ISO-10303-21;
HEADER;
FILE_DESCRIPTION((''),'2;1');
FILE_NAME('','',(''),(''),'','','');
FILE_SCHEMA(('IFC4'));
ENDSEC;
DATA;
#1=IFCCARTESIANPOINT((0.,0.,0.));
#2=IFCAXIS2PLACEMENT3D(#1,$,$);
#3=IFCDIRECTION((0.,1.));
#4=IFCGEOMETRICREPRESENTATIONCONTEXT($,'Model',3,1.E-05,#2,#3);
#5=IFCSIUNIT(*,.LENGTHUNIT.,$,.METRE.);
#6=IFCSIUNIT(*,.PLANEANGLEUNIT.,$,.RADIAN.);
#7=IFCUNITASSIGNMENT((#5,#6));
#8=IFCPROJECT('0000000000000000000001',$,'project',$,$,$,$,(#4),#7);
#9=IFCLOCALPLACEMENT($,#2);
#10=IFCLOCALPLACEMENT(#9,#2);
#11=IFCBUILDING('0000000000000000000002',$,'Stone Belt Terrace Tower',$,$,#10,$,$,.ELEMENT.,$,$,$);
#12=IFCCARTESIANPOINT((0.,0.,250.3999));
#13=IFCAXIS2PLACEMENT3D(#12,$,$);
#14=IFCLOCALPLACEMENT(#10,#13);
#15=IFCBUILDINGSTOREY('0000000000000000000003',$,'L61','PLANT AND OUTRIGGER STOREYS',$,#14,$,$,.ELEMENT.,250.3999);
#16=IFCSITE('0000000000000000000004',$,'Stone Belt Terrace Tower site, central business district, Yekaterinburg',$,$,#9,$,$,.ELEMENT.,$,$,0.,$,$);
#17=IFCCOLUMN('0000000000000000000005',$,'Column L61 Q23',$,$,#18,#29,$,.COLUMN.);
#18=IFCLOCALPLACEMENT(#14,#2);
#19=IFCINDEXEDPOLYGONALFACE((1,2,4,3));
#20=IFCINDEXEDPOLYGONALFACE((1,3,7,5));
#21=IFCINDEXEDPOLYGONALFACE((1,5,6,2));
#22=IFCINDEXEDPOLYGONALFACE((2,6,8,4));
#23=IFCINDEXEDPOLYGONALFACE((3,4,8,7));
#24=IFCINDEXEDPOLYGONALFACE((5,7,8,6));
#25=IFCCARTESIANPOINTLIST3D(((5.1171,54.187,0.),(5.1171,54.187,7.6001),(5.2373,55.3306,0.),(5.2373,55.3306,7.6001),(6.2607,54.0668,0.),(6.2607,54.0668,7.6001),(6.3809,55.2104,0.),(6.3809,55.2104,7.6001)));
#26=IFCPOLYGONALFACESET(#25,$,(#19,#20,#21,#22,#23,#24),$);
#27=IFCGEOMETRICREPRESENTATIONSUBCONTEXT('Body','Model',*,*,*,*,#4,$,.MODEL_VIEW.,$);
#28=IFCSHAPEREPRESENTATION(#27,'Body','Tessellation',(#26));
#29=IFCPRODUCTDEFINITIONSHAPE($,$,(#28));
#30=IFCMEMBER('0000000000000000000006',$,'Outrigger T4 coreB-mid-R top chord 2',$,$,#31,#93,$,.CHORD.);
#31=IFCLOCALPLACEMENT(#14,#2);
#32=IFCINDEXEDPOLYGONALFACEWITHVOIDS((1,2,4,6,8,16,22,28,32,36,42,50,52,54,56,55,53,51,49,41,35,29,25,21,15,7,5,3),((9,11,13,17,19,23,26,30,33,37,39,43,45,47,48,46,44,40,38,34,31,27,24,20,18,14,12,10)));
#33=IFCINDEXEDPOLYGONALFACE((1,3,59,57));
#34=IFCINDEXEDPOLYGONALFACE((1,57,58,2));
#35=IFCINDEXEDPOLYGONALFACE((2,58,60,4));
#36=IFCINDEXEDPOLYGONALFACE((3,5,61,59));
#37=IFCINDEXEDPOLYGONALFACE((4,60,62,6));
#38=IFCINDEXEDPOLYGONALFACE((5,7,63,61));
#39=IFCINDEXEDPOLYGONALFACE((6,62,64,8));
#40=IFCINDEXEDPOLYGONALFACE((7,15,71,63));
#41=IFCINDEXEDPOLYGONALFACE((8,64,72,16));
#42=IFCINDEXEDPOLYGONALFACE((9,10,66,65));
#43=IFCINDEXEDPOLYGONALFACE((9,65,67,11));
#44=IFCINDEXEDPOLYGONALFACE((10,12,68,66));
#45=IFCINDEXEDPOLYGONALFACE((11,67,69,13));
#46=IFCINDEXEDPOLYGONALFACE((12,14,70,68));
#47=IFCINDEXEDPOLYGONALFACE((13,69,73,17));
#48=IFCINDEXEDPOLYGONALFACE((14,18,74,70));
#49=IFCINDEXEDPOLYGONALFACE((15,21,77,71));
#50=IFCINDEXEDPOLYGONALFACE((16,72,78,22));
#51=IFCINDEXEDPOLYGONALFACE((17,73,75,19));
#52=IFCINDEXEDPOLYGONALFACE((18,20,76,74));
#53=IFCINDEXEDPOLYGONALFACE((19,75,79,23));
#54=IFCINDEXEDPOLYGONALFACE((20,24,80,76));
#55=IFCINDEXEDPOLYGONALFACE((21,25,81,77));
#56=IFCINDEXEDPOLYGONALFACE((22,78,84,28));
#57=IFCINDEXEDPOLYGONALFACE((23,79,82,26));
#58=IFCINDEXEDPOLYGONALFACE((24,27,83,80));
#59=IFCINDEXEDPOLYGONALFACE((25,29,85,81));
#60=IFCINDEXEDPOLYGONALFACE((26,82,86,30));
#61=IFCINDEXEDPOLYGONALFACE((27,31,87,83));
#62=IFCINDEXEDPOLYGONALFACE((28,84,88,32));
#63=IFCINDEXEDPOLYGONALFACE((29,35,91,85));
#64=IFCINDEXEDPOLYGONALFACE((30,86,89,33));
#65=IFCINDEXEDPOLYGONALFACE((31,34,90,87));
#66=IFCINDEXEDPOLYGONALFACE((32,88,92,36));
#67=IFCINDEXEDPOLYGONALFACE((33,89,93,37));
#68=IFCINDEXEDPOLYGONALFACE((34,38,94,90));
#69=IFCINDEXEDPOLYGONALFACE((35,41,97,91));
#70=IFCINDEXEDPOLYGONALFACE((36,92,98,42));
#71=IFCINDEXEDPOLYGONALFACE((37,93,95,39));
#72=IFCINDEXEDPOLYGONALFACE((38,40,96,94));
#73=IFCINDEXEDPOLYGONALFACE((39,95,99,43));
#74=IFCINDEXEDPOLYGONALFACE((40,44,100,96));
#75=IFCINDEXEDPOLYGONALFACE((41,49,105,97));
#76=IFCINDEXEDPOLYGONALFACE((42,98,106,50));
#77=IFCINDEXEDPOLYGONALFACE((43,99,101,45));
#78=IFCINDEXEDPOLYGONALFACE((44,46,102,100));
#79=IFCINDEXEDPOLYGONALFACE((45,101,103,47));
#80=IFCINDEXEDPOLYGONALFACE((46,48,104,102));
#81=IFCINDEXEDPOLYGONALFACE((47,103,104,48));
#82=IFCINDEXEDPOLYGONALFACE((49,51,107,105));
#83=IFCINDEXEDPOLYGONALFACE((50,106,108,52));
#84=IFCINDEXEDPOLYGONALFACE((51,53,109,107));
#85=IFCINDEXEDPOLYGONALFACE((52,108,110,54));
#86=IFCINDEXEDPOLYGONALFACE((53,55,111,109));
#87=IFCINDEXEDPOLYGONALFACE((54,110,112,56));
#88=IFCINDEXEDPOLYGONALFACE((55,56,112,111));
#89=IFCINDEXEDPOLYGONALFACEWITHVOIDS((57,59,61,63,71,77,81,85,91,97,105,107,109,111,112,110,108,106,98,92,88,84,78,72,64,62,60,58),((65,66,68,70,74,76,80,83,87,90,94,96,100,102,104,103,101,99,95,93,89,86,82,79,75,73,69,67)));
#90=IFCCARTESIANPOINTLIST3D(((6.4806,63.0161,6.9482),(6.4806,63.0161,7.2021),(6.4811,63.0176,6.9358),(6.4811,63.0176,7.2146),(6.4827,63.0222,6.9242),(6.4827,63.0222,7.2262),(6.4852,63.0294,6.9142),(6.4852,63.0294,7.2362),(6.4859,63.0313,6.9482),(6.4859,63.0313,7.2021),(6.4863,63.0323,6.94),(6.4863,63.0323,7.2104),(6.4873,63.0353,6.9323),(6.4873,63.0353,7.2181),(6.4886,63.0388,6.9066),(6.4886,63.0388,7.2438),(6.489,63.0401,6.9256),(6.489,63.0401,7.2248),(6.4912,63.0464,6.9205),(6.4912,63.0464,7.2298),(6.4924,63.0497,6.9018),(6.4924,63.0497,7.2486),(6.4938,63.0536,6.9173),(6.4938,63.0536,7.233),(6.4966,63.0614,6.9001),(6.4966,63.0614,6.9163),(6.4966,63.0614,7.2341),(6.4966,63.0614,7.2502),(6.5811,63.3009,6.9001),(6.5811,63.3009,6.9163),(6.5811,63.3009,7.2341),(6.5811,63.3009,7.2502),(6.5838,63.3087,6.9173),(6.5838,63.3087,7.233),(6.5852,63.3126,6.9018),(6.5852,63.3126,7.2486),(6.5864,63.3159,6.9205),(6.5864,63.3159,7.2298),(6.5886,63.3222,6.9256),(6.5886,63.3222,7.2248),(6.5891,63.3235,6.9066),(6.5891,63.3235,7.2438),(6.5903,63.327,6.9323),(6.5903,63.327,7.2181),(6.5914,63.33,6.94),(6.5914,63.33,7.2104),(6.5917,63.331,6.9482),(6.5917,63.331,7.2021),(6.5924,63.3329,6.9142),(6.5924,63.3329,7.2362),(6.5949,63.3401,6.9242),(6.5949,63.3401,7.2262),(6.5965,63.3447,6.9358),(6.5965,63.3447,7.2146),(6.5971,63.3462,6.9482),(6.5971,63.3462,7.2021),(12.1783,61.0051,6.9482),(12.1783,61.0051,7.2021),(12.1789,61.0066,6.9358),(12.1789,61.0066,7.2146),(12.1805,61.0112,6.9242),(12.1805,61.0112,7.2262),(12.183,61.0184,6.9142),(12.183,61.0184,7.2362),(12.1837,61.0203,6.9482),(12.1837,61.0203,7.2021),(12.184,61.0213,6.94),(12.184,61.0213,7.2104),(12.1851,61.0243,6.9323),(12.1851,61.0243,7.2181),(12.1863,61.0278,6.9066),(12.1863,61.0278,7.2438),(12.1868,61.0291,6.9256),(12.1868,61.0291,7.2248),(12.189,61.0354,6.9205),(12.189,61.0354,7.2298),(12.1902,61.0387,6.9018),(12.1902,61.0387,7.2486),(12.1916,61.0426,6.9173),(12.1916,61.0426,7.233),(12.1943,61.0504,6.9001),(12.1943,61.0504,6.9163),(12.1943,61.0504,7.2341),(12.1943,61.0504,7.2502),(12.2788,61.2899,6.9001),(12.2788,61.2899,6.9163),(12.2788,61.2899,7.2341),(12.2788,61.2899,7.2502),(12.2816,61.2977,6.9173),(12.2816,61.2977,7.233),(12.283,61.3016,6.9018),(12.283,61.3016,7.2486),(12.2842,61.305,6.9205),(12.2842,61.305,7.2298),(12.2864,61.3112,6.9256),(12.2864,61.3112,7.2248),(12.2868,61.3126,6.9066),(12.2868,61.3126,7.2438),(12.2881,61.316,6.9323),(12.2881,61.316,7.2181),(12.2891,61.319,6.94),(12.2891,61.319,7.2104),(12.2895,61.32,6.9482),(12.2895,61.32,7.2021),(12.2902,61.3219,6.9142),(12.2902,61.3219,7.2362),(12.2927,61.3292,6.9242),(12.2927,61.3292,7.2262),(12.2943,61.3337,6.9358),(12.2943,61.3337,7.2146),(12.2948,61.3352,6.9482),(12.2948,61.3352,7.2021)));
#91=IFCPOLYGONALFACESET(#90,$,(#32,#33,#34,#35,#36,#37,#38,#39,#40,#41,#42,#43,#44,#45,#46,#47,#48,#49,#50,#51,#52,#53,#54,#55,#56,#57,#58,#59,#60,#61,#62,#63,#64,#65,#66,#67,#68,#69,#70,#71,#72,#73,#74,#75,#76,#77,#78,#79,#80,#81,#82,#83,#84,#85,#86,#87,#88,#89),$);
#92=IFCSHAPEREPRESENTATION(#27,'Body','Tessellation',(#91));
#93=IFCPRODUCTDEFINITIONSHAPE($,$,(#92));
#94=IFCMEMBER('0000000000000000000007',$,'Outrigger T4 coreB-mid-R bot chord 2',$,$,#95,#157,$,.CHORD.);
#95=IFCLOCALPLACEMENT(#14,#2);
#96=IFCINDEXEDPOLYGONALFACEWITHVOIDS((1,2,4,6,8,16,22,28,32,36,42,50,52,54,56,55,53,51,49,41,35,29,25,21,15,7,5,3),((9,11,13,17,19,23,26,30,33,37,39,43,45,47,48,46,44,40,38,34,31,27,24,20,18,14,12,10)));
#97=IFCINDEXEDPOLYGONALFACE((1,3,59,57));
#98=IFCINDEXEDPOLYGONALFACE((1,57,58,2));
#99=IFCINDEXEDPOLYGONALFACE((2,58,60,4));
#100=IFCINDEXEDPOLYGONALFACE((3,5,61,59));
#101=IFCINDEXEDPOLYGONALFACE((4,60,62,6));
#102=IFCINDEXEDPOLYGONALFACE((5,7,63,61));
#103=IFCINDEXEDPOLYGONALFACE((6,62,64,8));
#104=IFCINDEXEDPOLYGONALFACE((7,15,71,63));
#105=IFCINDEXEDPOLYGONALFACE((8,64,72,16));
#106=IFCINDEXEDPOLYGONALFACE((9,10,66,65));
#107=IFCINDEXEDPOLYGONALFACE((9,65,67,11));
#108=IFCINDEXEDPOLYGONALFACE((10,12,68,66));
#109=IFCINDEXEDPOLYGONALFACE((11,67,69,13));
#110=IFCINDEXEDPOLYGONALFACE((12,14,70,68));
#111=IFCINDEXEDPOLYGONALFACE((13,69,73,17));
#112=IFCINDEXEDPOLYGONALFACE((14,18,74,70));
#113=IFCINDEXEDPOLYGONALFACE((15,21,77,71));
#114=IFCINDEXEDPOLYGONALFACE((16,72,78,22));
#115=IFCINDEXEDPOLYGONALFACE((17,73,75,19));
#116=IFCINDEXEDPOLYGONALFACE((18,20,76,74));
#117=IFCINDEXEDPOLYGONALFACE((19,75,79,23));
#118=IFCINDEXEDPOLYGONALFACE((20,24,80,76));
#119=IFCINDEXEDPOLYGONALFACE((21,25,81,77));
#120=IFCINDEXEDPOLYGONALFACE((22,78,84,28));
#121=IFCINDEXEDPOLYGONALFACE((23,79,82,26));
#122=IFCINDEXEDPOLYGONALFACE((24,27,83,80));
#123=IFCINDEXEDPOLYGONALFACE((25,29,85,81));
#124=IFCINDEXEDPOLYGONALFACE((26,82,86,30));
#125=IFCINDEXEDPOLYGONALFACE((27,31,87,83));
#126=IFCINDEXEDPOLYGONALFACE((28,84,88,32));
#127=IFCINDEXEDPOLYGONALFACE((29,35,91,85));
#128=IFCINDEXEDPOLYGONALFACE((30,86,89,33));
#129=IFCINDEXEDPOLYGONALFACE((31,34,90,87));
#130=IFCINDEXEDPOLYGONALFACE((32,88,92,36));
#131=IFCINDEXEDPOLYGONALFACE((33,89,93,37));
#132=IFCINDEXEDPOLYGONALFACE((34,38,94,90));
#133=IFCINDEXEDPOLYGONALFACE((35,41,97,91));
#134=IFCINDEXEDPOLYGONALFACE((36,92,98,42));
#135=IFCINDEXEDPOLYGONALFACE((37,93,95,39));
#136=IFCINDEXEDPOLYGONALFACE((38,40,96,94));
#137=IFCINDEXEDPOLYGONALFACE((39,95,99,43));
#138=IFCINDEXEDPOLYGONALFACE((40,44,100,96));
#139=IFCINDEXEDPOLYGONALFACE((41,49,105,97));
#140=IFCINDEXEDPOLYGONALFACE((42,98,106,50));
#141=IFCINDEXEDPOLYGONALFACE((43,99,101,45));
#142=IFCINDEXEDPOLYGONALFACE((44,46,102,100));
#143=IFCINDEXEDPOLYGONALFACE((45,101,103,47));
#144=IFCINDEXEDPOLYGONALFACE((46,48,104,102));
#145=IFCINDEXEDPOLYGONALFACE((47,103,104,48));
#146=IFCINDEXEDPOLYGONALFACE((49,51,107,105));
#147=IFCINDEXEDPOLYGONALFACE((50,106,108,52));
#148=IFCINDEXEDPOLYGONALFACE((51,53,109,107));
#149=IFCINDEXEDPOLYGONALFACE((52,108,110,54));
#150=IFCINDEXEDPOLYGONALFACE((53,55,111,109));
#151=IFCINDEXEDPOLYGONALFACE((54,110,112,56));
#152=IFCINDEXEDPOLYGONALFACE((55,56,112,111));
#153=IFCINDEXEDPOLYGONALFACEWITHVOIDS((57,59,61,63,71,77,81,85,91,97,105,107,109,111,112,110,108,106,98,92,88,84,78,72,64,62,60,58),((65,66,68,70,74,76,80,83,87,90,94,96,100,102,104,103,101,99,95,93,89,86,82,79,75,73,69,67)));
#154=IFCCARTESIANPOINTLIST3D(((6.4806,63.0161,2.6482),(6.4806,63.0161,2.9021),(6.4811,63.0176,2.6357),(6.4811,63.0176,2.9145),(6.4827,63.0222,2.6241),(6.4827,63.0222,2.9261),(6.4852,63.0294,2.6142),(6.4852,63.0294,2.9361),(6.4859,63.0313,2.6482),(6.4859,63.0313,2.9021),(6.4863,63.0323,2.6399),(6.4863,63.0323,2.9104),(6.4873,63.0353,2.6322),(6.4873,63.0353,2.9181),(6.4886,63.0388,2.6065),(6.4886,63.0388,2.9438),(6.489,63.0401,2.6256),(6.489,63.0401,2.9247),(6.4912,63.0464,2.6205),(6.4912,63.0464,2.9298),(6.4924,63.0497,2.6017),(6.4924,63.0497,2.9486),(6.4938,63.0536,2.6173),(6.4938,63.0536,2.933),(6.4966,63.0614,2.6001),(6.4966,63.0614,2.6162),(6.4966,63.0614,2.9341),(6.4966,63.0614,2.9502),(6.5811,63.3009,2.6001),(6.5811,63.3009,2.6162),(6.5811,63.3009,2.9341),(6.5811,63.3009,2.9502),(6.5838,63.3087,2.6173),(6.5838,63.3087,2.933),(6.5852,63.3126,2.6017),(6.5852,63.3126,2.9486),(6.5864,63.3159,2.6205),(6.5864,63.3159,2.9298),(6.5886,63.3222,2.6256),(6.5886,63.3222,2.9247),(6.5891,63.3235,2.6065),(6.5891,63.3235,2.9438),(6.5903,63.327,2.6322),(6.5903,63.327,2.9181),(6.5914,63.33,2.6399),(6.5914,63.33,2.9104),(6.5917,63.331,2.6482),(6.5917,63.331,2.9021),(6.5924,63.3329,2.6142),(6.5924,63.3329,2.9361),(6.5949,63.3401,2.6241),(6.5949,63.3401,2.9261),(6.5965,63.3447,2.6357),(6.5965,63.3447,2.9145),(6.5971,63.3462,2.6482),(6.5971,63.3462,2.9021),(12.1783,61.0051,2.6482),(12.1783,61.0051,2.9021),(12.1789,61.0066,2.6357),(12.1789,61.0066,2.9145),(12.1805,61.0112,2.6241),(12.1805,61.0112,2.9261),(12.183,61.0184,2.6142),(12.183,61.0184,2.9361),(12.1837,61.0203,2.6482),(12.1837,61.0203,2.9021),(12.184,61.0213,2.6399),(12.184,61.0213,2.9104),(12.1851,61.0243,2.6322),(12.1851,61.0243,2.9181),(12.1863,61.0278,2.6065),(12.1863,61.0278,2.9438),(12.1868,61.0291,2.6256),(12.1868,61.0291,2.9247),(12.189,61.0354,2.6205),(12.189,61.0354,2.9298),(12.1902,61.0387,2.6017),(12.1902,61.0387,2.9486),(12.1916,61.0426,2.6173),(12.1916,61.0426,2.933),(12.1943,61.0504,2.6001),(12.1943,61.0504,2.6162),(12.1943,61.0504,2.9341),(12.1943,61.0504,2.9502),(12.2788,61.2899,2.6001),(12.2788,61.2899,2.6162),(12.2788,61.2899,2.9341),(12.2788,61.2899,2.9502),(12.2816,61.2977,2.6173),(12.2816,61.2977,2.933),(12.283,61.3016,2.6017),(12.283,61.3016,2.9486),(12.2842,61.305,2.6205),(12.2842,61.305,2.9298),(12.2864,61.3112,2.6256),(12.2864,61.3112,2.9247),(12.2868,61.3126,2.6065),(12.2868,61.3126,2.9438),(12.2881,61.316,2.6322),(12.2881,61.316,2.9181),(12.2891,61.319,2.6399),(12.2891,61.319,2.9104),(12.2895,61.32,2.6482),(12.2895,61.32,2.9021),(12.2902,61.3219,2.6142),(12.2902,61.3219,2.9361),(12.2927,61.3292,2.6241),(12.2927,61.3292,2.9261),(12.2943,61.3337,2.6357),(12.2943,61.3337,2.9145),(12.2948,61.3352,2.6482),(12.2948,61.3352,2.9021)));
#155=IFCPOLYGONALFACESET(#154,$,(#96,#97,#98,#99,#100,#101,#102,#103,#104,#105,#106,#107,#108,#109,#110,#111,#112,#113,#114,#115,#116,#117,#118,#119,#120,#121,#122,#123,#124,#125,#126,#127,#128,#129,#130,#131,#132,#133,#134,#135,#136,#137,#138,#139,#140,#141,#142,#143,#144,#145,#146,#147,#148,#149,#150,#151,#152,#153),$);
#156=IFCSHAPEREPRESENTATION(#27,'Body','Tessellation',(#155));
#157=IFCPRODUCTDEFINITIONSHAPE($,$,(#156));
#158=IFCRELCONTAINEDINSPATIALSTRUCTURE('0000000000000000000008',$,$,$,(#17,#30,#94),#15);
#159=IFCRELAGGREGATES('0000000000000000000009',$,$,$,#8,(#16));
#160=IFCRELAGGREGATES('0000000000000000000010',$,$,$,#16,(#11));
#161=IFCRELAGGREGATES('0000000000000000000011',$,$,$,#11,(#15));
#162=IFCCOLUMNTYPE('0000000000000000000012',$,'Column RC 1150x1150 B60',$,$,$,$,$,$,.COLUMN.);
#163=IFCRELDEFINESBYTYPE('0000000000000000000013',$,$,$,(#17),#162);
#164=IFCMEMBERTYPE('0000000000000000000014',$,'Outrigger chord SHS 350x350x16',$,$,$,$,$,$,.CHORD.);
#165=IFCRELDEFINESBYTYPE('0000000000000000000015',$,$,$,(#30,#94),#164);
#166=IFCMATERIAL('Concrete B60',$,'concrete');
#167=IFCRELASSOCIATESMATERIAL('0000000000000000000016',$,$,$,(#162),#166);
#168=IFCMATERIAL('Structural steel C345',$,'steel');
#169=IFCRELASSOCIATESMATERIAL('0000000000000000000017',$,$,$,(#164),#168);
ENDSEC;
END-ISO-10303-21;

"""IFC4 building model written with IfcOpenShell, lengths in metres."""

from ifc_helpers import new_model, si_unit, direction, frame, origin, origin_2d, place, context, subcontext, project, spatial, rectangle, hollow_rectangle, extrude, material, material_profile, profile_set, type_object, element, save


model = new_model("IFC4")

# Units and contexts
model_context = context("Model", 3, precision=1e-05, world=origin(), true_north=direction((0.0, 1.0)))
body_context = subcontext(model_context, "Body", "Model", "MODEL_VIEW")
ifc_project = project(units=[si_unit("LENGTHUNIT", "METRE"), si_unit("PLANEANGLEUNIT", "RADIAN")], contexts=[model_context])

# Site, building, storey
site_placement = place(None, origin())
site = spatial("IfcSite", under=ifc_project, at=site_placement, Name="Stone Belt Terrace Tower site, central business district, Yekaterinburg", CompositionType="ELEMENT", RefElevation=0.0)
building_placement = place(site_placement, origin())
building = spatial("IfcBuilding", under=site, at=building_placement, Name="Stone Belt Terrace Tower", CompositionType="ELEMENT")
storey_placement = place(building_placement, frame((0.0, 0.0, 250.3999)))
storey = spatial("IfcBuildingStorey", under=building, at=storey_placement, Name="L61", Description="PLANT AND OUTRIGGER STOREYS", CompositionType="ELEMENT", Elevation=250.3999)

# Column
ifc_material_1 = material(Name="Concrete B60", Category="concrete")
ifc_material_profile_1 = material_profile(ifc_material_1, rectangle(XDim=1.1499, YDim=1.1499, at=origin_2d()), Name="RC 1150x1150")
ifc_profile_set_1 = profile_set([ifc_material_profile_1], Name="Concrete B60")
column_type = type_object("IfcColumnType", Name="Column RC 1150x1150 B60", PredefinedType="COLUMN", material=ifc_profile_set_1)
column_placement = place(storey_placement, frame((5.749, 54.6987, 0.0), z_axis=(0.0, 0.0, 1.0), x_axis=(0.994522, -0.104528, 0.0)))
element("IfcColumn", 1, at=column_placement, inside=storey, type_object=column_type, Name="Column L61 Q23", PredefinedType="COLUMN", context=body_context, shape_type="SweptSolid", body=[
    extrude(rectangle(XDim=1.1499, YDim=1.1499, at=origin_2d()), origin(), (0.0, 0.0, 1.0), 7.6001),
])

# Members
ifc_material_2 = material(Name="Structural steel C345", Category="steel")
ifc_material_profile_2 = material_profile(ifc_material_2, hollow_rectangle(XDim=0.3501, YDim=0.3501, WallThickness=0.0161, InnerFilletRadius=0.032, OuterFilletRadius=0.0481, at=origin_2d()), Name="SHS 350x350x16")
ifc_profile_set_2 = profile_set([ifc_material_profile_2], Name="Structural steel C345")
member_type_1 = type_object("IfcMemberType", Name="Outrigger chord SHS 350x350x16", PredefinedType="CHORD", material=ifc_profile_set_2)
for number, where, z_axis, x_axis, name in (
    (2, (6.5388, 63.1812, 7.0752), (0.94299, -0.332822, 0.0), (0.332822, 0.94299, 0.0), "Outrigger T4 coreB-mid-R top chord 2"),
    (3, (6.5388, 63.1812, 2.7751), (0.94299, -0.332822, 0.0), (0.332822, 0.94299, 0.0), "Outrigger T4 coreB-mid-R bot chord 2"),
):
    element("IfcMember", number, at=place(storey_placement, frame(where, z_axis=z_axis, x_axis=x_axis)), inside=storey, type_object=member_type_1, Name=name, PredefinedType="CHORD", context=body_context, shape_type="SweptSolid", body=[
        extrude(hollow_rectangle(XDim=0.3501, YDim=0.3501, WallThickness=0.0161, InnerFilletRadius=0.032, OuterFilletRadius=0.0481, at=origin_2d()), origin(), (0.0, 0.0, 1.0), 6.0422),
    ])

save(model, "model.ifc")
